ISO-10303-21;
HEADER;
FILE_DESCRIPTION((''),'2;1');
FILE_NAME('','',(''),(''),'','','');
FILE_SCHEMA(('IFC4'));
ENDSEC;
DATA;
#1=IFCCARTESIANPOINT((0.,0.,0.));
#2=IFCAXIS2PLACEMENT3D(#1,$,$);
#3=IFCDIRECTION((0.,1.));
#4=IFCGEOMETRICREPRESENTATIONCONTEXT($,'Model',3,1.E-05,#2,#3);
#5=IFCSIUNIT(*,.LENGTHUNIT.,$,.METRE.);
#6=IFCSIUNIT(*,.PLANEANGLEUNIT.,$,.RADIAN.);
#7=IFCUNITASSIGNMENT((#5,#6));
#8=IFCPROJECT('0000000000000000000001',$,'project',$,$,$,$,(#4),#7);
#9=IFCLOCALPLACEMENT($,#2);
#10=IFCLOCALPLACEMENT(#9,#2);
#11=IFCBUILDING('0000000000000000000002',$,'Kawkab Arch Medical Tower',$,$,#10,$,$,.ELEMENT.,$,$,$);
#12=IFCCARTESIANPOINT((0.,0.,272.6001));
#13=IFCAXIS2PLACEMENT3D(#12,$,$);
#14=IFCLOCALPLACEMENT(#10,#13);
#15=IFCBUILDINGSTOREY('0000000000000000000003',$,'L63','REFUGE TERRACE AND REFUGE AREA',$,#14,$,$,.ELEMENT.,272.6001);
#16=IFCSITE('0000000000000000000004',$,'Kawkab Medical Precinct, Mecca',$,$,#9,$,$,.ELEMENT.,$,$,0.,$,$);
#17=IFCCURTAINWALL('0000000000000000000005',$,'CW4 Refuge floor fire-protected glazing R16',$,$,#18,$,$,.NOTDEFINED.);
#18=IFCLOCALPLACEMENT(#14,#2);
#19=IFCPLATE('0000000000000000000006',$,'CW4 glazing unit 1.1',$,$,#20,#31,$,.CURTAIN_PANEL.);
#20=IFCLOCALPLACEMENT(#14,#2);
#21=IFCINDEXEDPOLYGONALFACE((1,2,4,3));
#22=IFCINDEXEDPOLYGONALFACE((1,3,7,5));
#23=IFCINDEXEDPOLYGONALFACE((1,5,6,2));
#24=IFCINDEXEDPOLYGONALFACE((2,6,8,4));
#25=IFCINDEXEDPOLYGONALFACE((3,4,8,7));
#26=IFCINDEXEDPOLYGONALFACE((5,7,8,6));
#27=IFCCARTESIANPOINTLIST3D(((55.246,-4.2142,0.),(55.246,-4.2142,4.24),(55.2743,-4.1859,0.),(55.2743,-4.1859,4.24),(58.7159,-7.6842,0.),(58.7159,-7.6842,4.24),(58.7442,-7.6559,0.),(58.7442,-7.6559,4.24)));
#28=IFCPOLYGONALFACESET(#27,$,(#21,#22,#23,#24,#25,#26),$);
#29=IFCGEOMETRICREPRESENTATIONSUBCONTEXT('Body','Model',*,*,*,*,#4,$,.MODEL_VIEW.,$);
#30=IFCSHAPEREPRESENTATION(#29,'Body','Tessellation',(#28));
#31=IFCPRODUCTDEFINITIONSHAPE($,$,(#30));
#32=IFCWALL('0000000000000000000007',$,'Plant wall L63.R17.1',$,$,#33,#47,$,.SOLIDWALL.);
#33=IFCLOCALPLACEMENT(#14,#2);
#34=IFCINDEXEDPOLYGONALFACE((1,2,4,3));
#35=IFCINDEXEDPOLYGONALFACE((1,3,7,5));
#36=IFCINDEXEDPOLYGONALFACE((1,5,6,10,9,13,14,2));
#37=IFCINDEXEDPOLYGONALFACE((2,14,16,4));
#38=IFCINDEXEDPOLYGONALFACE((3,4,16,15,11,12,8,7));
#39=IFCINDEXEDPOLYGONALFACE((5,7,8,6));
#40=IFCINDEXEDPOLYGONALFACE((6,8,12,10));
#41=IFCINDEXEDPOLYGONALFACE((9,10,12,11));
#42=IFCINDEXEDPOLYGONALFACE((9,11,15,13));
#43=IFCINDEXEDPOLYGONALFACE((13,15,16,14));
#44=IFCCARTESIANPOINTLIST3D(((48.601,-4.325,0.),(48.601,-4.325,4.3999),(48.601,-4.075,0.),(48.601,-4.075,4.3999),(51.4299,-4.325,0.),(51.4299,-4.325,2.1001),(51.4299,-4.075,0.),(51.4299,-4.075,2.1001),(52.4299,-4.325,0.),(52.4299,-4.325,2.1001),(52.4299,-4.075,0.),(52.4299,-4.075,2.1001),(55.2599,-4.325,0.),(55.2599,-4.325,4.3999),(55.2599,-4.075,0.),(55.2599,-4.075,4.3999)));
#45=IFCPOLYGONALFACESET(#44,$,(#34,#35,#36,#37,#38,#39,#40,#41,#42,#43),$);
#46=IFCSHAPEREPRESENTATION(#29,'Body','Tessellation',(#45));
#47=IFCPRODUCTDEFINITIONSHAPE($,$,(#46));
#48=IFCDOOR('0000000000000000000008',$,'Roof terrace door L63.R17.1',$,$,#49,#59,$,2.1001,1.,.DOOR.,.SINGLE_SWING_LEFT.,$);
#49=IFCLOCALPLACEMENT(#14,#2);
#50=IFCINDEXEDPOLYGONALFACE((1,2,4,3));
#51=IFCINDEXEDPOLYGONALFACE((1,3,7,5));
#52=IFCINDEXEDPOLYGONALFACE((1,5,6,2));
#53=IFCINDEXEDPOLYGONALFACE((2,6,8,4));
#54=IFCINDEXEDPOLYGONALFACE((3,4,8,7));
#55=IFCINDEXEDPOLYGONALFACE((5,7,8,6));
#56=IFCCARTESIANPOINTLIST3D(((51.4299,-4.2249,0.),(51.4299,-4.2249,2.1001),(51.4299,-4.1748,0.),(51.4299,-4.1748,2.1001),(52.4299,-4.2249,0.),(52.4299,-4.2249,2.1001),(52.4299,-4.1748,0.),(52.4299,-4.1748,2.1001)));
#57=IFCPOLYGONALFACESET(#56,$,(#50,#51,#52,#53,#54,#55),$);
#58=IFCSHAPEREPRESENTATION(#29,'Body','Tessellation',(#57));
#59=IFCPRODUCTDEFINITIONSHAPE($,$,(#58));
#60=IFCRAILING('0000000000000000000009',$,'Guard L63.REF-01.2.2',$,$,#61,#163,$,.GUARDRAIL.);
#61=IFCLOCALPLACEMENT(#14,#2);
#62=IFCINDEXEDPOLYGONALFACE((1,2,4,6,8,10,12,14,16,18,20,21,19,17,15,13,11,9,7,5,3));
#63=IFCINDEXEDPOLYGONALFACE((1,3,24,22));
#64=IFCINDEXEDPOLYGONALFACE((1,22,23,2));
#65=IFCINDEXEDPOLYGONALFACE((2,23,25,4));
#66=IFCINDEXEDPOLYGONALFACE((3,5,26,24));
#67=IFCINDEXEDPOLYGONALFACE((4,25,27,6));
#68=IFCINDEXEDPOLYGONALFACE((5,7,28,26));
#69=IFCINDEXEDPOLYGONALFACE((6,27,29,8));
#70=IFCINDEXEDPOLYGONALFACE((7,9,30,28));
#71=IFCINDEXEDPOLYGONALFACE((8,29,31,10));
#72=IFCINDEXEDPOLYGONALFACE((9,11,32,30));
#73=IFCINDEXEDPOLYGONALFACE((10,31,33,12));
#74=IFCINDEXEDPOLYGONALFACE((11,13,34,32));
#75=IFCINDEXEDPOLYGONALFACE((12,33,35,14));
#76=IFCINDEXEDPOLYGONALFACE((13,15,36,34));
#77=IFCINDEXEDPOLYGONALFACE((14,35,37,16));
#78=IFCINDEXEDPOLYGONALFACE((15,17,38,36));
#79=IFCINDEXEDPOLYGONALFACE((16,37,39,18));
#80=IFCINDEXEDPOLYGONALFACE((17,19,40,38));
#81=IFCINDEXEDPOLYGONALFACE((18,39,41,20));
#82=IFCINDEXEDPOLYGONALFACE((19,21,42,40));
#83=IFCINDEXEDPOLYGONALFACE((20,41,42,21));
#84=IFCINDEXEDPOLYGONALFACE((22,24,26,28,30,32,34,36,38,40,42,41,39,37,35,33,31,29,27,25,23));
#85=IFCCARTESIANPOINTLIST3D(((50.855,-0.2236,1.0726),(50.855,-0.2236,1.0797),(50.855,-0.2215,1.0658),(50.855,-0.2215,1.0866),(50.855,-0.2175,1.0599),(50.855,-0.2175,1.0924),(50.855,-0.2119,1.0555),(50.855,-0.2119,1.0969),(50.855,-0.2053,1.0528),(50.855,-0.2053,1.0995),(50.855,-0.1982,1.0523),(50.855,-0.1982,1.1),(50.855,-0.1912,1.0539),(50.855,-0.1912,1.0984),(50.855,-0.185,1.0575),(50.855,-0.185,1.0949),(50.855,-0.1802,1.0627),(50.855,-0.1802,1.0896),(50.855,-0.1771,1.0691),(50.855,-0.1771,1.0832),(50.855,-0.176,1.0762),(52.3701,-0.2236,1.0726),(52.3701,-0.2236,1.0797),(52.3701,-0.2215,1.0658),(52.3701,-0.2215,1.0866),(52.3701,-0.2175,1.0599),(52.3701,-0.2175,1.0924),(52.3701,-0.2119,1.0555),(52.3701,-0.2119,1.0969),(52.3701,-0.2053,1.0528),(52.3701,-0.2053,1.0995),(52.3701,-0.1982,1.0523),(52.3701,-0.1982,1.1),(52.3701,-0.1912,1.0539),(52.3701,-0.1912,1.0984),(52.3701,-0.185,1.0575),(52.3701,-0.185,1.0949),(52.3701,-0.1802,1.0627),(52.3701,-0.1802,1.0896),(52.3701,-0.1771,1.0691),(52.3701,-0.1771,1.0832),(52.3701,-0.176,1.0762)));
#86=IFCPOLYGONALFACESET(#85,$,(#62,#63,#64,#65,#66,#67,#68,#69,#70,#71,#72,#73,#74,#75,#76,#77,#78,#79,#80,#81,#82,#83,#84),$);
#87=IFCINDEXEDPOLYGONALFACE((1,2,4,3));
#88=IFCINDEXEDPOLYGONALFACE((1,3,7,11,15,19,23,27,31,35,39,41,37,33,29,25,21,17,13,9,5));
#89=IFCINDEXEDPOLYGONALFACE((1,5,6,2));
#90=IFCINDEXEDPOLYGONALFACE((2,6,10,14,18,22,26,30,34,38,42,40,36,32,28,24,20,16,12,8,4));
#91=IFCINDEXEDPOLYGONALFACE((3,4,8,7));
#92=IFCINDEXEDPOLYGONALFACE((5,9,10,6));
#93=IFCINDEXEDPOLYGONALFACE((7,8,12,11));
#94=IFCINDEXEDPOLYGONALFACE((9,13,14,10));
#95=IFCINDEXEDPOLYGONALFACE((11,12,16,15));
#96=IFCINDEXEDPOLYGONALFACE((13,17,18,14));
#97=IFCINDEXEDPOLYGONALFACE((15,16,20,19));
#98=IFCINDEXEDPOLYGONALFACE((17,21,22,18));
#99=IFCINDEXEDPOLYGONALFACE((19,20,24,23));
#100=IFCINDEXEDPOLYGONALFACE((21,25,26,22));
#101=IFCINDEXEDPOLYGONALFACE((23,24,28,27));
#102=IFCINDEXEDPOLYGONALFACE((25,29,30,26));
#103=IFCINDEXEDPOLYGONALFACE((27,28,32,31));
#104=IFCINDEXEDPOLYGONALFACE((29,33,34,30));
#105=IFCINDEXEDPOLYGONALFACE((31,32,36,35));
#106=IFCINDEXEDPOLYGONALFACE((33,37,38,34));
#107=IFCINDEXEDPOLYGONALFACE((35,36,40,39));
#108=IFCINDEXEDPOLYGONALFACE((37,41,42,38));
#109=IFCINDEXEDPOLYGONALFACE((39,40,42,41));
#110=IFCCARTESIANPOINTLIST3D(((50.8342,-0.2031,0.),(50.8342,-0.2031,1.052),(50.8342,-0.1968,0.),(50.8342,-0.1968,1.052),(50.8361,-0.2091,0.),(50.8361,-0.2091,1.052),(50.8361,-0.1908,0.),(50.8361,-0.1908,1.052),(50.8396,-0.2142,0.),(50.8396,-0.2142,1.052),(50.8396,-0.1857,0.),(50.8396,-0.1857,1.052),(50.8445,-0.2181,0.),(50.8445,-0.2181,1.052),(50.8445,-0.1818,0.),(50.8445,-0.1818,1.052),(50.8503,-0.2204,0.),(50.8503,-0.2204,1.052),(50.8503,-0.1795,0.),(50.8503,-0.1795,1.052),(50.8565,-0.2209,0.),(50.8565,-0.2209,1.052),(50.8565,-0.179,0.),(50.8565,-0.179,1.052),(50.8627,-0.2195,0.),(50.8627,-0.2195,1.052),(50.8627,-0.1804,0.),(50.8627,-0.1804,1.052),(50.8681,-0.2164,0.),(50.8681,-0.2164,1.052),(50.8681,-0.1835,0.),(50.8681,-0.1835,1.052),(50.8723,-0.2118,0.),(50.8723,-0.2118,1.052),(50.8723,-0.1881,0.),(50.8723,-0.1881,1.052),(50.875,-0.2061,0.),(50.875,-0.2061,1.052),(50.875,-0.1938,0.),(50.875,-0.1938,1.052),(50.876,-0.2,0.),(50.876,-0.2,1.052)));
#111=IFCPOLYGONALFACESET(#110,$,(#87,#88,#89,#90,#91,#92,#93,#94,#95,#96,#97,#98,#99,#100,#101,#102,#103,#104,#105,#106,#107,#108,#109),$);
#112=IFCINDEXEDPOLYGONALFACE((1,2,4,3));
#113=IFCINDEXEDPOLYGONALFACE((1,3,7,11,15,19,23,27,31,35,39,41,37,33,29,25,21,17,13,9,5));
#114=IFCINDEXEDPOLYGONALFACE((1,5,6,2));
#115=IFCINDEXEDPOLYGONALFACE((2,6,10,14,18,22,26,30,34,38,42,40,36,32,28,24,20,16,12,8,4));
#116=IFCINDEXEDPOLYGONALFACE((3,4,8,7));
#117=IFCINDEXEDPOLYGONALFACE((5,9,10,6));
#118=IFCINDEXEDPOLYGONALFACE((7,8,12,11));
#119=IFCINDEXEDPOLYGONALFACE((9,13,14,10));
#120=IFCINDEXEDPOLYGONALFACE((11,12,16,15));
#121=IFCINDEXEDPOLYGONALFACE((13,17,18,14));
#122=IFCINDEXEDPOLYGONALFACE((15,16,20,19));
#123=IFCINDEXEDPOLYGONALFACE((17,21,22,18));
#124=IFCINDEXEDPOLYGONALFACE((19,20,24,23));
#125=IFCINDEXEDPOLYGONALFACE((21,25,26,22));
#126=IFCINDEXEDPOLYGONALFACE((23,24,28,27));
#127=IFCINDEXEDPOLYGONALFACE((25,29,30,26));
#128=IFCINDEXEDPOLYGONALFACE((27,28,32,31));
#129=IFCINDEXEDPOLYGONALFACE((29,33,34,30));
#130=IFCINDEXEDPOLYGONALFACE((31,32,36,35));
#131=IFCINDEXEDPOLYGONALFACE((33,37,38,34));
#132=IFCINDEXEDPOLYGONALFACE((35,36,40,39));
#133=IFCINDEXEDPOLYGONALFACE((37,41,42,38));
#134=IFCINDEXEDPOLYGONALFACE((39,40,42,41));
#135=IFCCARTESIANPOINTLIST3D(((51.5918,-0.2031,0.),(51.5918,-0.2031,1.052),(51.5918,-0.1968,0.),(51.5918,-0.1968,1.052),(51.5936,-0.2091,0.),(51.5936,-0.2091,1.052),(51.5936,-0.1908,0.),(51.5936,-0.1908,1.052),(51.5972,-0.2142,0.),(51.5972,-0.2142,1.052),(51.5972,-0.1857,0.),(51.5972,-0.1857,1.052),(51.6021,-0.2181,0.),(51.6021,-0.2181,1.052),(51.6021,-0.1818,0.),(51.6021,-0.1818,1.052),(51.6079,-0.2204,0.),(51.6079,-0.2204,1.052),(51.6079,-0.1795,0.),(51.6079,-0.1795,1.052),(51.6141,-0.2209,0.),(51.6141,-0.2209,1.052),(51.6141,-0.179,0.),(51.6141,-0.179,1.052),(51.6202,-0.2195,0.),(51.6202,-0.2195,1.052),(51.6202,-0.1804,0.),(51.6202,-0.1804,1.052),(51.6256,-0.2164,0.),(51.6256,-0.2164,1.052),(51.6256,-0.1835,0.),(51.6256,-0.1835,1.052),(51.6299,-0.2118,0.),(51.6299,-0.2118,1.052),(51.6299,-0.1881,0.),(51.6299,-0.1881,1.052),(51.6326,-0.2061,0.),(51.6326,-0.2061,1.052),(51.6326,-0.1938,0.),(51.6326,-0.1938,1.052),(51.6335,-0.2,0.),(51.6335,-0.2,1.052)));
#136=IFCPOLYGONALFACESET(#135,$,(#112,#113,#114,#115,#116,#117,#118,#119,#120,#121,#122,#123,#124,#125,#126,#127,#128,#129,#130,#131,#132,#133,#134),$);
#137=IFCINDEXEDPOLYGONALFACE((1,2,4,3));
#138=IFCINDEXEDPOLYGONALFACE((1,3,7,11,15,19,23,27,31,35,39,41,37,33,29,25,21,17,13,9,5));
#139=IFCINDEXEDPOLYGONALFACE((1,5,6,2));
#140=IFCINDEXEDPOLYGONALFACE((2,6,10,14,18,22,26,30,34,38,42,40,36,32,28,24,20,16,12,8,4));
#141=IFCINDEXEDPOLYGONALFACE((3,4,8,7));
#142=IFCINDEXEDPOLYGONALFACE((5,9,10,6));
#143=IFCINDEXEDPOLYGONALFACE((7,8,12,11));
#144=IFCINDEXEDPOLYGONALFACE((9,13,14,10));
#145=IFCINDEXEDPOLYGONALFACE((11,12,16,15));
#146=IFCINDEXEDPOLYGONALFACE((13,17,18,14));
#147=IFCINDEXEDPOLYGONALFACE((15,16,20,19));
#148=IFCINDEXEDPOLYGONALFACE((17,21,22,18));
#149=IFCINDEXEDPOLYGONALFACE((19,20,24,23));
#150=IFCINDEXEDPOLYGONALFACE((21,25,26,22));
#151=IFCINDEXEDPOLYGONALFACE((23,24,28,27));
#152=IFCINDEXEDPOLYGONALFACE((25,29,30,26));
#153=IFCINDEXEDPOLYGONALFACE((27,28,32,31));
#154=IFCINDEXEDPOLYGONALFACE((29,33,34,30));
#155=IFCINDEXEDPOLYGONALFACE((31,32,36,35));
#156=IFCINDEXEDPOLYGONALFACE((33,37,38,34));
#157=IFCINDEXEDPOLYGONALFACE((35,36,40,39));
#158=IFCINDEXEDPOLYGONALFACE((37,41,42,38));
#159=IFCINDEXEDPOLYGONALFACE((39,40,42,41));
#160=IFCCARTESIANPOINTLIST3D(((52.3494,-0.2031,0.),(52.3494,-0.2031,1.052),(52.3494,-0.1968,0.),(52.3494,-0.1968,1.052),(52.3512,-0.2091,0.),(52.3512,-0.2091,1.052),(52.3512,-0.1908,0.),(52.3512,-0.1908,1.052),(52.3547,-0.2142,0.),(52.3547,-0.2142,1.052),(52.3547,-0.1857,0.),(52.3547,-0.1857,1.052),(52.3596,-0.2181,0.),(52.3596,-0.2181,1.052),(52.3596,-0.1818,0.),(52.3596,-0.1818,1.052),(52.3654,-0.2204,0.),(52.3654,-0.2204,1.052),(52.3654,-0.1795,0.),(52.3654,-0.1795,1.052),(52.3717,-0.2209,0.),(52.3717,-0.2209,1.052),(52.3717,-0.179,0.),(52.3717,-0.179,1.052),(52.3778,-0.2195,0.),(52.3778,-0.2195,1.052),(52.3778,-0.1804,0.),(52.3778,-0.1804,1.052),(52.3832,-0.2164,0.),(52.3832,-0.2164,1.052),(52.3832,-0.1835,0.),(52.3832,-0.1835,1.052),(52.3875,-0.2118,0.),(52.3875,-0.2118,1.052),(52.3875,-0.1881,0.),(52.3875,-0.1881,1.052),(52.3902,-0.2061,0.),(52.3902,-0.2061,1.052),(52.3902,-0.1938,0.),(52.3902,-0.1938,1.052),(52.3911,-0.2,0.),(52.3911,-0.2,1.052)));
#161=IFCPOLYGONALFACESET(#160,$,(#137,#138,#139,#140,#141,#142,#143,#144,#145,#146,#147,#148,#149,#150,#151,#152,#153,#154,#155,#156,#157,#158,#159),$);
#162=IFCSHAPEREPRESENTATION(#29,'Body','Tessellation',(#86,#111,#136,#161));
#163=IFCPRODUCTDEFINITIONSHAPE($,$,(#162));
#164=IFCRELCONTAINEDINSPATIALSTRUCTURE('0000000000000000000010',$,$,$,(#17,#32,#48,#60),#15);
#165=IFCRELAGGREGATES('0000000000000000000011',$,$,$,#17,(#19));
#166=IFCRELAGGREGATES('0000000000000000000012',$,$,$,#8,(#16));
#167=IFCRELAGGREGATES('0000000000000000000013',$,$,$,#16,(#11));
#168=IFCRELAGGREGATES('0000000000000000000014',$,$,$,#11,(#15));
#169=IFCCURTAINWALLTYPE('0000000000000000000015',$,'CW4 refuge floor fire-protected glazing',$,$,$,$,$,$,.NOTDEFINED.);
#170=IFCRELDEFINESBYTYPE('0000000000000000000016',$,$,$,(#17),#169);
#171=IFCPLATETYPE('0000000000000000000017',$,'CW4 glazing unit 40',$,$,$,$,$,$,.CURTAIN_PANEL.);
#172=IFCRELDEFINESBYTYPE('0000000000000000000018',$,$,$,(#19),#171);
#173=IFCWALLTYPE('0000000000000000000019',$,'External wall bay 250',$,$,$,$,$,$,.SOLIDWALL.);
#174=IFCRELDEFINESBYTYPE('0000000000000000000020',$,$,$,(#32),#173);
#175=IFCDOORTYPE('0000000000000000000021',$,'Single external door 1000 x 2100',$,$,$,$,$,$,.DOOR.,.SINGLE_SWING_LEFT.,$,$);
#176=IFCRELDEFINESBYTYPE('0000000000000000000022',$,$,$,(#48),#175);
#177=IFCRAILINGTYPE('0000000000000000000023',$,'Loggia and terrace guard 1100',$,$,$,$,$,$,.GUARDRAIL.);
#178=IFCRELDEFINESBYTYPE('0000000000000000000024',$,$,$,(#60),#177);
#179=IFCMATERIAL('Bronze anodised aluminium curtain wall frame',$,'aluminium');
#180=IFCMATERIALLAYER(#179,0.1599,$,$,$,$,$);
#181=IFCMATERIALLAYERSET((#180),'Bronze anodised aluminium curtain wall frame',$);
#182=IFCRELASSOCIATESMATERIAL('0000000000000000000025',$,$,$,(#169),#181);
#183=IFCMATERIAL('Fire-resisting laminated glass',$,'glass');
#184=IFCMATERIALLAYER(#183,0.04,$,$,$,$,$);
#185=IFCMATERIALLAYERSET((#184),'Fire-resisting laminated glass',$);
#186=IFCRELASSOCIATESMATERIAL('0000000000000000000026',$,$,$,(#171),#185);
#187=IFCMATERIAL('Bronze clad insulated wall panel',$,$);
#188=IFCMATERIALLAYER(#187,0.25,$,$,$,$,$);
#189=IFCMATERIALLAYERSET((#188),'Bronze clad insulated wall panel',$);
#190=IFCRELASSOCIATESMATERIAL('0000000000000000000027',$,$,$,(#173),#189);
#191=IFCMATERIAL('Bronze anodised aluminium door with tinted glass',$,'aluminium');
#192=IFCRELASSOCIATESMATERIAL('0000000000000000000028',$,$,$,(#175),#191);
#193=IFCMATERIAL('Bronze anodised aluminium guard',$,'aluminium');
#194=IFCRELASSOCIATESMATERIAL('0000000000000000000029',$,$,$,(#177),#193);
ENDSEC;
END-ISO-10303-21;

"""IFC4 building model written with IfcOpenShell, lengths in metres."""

from ifc_helpers import new_model, si_unit, direction, frame, frame_2d, origin, origin_2d, place, context, subcontext, project, spatial, rectangle, circle, extrude, material, layer, layer_set, type_object, element, fill, aggregate, save


model = new_model("IFC4")

# Units and contexts
model_context = context("Model", 3, precision=1e-05, world=origin(), true_north=direction((0.0, 1.0)))
body_context = subcontext(model_context, "Body", "Model", "MODEL_VIEW")
ifc_project = project(units=[si_unit("LENGTHUNIT", "METRE"), si_unit("PLANEANGLEUNIT", "RADIAN")], contexts=[model_context])

# Site, building, storey
site_placement = place(None, origin())
site = spatial("IfcSite", under=ifc_project, at=site_placement, Name="Kawkab Medical Precinct, Mecca", CompositionType="ELEMENT", RefElevation=0.0)
building_placement = place(site_placement, origin())
building = spatial("IfcBuilding", under=site, at=building_placement, Name="Kawkab Arch Medical Tower", CompositionType="ELEMENT")
storey_placement = place(building_placement, frame((0.0, 0.0, 272.6001)))
storey = spatial("IfcBuildingStorey", under=building, at=storey_placement, Name="L63", Description="REFUGE TERRACE AND REFUGE AREA", CompositionType="ELEMENT", Elevation=272.6001)

# Curtain wall
ifc_material_1 = material(Name="Bronze anodised aluminium curtain wall frame", Category="aluminium")
ifc_layer_1 = layer(ifc_material_1, 0.1599)
ifc_layer_set_1 = layer_set([ifc_layer_1], Name="Bronze anodised aluminium curtain wall frame")
curtain_wall_type = type_object("IfcCurtainWallType", Name="CW4 refuge floor fire-protected glazing", PredefinedType="NOTDEFINED", material=ifc_layer_set_1)
curtain_wall_placement = place(storey_placement, origin())
curtain_wall = element("IfcCurtainWall", 1, at=curtain_wall_placement, inside=storey, type_object=curtain_wall_type, Name="CW4 Refuge floor fire-protected glazing R16", PredefinedType="NOTDEFINED")

# Plate
ifc_material_2 = material(Name="Fire-resisting laminated glass", Category="glass")
ifc_layer_2 = layer(ifc_material_2, 0.04)
ifc_layer_set_2 = layer_set([ifc_layer_2], Name="Fire-resisting laminated glass")
plate_type = type_object("IfcPlateType", Name="CW4 glazing unit 40", PredefinedType="CURTAIN_PANEL", material=ifc_layer_set_2)
plate_placement = place(storey_placement, frame((56.9951, -5.9351, 0.0), z_axis=(0.0, 0.0, 1.0), x_axis=(-0.707107, 0.707107, 0.0)))
plate = element("IfcPlate", 2, at=plate_placement, type_object=plate_type, Name="CW4 glazing unit 1.1", PredefinedType="CURTAIN_PANEL", context=body_context, shape_type="SweptSolid", body=[
    extrude(rectangle(XDim=4.9072, YDim=0.04, at=origin_2d()), origin(), (0.0, 0.0, 1.0), 4.24),
])
aggregate(curtain_wall, [plate])

# Wall, opening, door
ifc_material_3 = material(Name="Bronze clad insulated wall panel")
ifc_layer_3 = layer(ifc_material_3, 0.25)
ifc_layer_set_3 = layer_set([ifc_layer_3], Name="Bronze clad insulated wall panel")
wall_type = type_object("IfcWallType", Name="External wall bay 250", PredefinedType="SOLIDWALL", material=ifc_layer_set_3)
wall_placement = place(storey_placement, frame((55.26, -4.2, 0.0), z_axis=(0.0, 0.0, 1.0), x_axis=(-1.0, 0.0, 0.0)))
wall = element("IfcWall", 3, at=wall_placement, inside=storey, type_object=wall_type, Name="Plant wall L63.R17.1", PredefinedType="SOLIDWALL", context=body_context, shape_type="SweptSolid", body=[
    extrude(rectangle(XDim=6.6589, YDim=0.25, at=frame_2d((3.3296, 0.0))), origin(), (0.0, 0.0, 1.0), 4.3999),
])
opening_placement = place(wall_placement, frame((2.8301, 0.0, 0.0)))
opening = element("IfcOpeningElement", 4, at=opening_placement, cuts=wall, PredefinedType="OPENING", context=body_context, shape_type="SweptSolid", body=[
    extrude(rectangle(XDim=1.0, YDim=2.1001, at=frame_2d((0.5, 1.05))), frame((0.0, 0.135, 0.0), z_axis=(0.0, -1.0, 0.0), x_axis=(1.0, 0.0, 0.0)), (0.0, 0.0, 1.0), 0.27),
])
ifc_material_4 = material(Name="Bronze anodised aluminium door with tinted glass", Category="aluminium")
door_type = type_object("IfcDoorType", Name="Single external door 1000 x 2100", OperationType="SINGLE_SWING_LEFT", PredefinedType="DOOR", material=ifc_material_4)
door_placement = place(opening_placement, origin())
door = element("IfcDoor", 5, at=door_placement, inside=storey, type_object=door_type, Name="Roof terrace door L63.R17.1", OperationType="SINGLE_SWING_LEFT", OverallHeight=2.1001, OverallWidth=1.0, PredefinedType="DOOR", context=body_context, shape_type="SweptSolid", body=[
    extrude(rectangle(XDim=1.0, YDim=2.1001, at=frame_2d((0.5, 1.05))), frame((0.0, 0.0249, 0.0), z_axis=(0.0, -1.0, 0.0), x_axis=(1.0, 0.0, 0.0)), (0.0, 0.0, 1.0), 0.05),
])
fill(opening, door)

# Railing
ifc_material_5 = material(Name="Bronze anodised aluminium guard", Category="aluminium")
railing_type = type_object("IfcRailingType", Name="Loggia and terrace guard 1100", PredefinedType="GUARDRAIL", material=ifc_material_5)
railing_1_placement = place(storey_placement, frame((50.855, -0.2, 0.0)))
element("IfcRailing", 6, at=railing_1_placement, inside=storey, type_object=railing_type, Name="Guard L63.REF-01.2.2", PredefinedType="GUARDRAIL", context=body_context, shape_type="SweptSolid", body=[
    extrude(circle(Radius=0.0239, at=origin_2d()), frame((0.0, 0.0, 1.0762), z_axis=(1.0, 0.0, 0.0), x_axis=(0.0, 1.0, 0.0)), (0.0, 0.0, 1.0), 1.5151),
    extrude(circle(Radius=0.021, at=origin_2d()), origin(), (0.0, 0.0, 1.0), 1.052),
    extrude(circle(Radius=0.021, at=origin_2d()), frame((0.7576, 0.0, 0.0)), (0.0, 0.0, 1.0), 1.052),
    extrude(circle(Radius=0.021, at=origin_2d()), frame((1.5151, 0.0, 0.0)), (0.0, 0.0, 1.0), 1.052),
])

save(model, "model.ifc")
